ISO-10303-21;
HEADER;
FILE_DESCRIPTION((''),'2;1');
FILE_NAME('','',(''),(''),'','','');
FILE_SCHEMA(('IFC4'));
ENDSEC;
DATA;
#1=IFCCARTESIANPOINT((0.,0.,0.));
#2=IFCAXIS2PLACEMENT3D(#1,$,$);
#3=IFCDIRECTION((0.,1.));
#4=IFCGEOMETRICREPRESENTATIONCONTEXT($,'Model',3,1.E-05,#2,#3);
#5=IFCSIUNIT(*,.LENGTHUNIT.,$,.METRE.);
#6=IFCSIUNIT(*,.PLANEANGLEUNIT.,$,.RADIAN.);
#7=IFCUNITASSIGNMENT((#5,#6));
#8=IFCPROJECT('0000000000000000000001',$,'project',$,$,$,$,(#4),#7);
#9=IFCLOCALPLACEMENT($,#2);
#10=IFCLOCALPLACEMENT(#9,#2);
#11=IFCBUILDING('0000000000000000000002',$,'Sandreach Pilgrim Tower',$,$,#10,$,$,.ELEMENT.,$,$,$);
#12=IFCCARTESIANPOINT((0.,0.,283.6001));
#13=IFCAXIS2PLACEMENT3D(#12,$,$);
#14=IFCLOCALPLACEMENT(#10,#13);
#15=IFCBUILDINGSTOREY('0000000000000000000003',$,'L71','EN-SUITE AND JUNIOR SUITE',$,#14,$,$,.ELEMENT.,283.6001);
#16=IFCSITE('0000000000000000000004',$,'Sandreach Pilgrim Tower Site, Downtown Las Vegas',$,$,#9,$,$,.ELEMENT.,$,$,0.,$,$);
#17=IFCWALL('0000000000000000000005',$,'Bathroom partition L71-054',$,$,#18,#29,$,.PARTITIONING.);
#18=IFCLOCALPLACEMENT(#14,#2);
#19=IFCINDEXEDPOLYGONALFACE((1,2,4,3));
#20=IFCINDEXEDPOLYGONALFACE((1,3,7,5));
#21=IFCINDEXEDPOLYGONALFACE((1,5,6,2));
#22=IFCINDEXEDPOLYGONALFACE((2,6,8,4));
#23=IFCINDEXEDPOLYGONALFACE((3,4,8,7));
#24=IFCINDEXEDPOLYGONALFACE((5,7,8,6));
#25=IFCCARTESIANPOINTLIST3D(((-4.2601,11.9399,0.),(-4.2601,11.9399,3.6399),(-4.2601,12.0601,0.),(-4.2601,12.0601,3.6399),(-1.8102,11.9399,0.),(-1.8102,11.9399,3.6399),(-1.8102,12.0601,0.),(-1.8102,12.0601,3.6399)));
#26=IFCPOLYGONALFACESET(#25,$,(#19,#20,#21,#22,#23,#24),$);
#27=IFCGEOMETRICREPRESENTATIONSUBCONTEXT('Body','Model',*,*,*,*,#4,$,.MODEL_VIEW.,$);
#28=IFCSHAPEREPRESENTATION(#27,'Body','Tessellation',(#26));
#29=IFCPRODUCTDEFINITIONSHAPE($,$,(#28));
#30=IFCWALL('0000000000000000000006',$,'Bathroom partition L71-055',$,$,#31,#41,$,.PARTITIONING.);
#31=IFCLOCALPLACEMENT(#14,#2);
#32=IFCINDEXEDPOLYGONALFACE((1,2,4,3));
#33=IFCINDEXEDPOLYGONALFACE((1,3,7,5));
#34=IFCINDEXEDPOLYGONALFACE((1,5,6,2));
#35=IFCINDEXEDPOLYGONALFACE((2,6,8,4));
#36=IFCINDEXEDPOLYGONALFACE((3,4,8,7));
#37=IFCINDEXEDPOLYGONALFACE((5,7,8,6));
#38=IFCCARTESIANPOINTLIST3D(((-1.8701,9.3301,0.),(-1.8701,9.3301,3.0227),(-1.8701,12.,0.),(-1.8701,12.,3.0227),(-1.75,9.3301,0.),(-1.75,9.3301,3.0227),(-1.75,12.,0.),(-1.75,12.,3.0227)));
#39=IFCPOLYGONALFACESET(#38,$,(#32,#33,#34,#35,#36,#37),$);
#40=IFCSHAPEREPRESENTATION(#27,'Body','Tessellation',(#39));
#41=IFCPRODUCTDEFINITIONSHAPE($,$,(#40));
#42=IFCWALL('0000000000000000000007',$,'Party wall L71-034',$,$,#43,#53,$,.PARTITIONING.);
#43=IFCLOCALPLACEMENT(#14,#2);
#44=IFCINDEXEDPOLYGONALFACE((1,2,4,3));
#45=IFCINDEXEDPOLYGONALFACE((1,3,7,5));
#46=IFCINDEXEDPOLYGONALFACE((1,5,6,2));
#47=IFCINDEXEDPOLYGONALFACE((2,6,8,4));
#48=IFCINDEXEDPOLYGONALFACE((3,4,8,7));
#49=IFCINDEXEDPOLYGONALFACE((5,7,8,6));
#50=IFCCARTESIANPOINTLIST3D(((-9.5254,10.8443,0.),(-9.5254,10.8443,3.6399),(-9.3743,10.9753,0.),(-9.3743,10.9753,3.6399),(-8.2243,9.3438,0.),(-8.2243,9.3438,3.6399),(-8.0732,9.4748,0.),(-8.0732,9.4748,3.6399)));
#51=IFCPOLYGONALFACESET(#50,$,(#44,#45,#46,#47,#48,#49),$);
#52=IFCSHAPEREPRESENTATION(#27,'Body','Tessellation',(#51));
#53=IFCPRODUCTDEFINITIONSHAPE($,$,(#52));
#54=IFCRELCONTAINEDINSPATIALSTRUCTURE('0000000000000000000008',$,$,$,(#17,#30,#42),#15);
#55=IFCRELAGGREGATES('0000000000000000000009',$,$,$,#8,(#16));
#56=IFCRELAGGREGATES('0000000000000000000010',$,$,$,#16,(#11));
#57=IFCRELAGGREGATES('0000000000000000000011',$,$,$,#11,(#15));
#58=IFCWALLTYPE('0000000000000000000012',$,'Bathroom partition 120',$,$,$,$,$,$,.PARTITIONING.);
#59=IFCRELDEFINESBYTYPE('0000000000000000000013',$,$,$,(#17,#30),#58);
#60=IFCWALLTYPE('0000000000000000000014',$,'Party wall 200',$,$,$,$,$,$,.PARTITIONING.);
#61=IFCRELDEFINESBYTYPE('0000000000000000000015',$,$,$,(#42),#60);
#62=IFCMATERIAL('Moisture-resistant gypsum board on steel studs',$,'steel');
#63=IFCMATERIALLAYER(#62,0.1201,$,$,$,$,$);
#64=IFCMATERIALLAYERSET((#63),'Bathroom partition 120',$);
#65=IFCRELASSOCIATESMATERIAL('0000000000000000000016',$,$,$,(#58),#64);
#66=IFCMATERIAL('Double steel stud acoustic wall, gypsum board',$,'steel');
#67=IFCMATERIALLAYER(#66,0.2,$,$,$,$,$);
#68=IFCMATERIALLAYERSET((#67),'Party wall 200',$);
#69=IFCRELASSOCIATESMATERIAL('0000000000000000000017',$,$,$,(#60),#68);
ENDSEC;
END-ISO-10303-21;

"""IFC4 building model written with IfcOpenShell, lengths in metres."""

from ifc_helpers import new_model, si_unit, direction, frame, frame_2d, origin, place, context, subcontext, project, spatial, rectangle, extrude, material, layer, layer_set, type_object, element, save


model = new_model("IFC4")

# Units and contexts
model_context = context("Model", 3, precision=1e-05, world=origin(), true_north=direction((0.0, 1.0)))
body_context = subcontext(model_context, "Body", "Model", "MODEL_VIEW")
ifc_project = project(units=[si_unit("LENGTHUNIT", "METRE"), si_unit("PLANEANGLEUNIT", "RADIAN")], contexts=[model_context])

# Site, building, storey
site_placement = place(None, origin())
site = spatial("IfcSite", under=ifc_project, at=site_placement, Name="Sandreach Pilgrim Tower Site, Downtown Las Vegas", CompositionType="ELEMENT", RefElevation=0.0)
building_placement = place(site_placement, origin())
building = spatial("IfcBuilding", under=site, at=building_placement, Name="Sandreach Pilgrim Tower", CompositionType="ELEMENT")
storey_placement = place(building_placement, frame((0.0, 0.0, 283.6001)))
storey = spatial("IfcBuildingStorey", under=building, at=storey_placement, Name="L71", Description="EN-SUITE AND JUNIOR SUITE", CompositionType="ELEMENT", Elevation=283.6001)

# Shared definitions
ifc_material_1 = material(Name="Moisture-resistant gypsum board on steel studs", Category="steel")
ifc_layer_1 = layer(ifc_material_1, 0.1201)
ifc_layer_set_1 = layer_set([ifc_layer_1], Name="Bathroom partition 120")
wall_type_1 = type_object("IfcWallType", Name="Bathroom partition 120", PredefinedType="PARTITIONING", material=ifc_layer_set_1)

# Walls
wall_1_placement = place(storey_placement, frame((-1.8101, 12.0, 0.0), z_axis=(0.0, 0.0, 1.0), x_axis=(-1.0, 0.0, 0.0)))
element("IfcWall", 1, at=wall_1_placement, inside=storey, type_object=wall_type_1, Name="Bathroom partition L71-054", PredefinedType="PARTITIONING", context=body_context, shape_type="SweptSolid", body=[
    extrude(rectangle(XDim=2.45, YDim=0.1201, at=frame_2d((1.2251, 0.0))), origin(), (0.0, 0.0, 1.0), 3.6399),
])
wall_2_placement = place(storey_placement, frame((-1.8101, 12.0, 0.0), z_axis=(0.0, 0.0, 1.0), x_axis=(0.0, -1.0, 0.0)))
element("IfcWall", 2, at=wall_2_placement, inside=storey, type_object=wall_type_1, Name="Bathroom partition L71-055", PredefinedType="PARTITIONING", context=body_context, shape_type="SweptSolid", body=[
    extrude(rectangle(XDim=2.6699, YDim=0.1201, at=frame_2d((1.335, 0.0))), origin(), (0.0, 0.0, 1.0), 3.0227),
])

# Wall
ifc_material_2 = material(Name="Double steel stud acoustic wall, gypsum board", Category="steel")
ifc_layer_2 = layer(ifc_material_2, 0.2)
ifc_layer_set_2 = layer_set([ifc_layer_2], Name="Party wall 200")
wall_type_2 = type_object("IfcWallType", Name="Party wall 200", PredefinedType="PARTITIONING", material=ifc_layer_set_2)
wall_3_placement = place(storey_placement, frame((-9.45, 10.9099, 0.0), z_axis=(0.0, 0.0, 1.0), x_axis=(0.655104, -0.755539, 0.0)))
element("IfcWall", 3, at=wall_3_placement, inside=storey, type_object=wall_type_2, Name="Party wall L71-034", PredefinedType="PARTITIONING", context=body_context, shape_type="SweptSolid", body=[
    extrude(rectangle(XDim=1.9861, YDim=0.2, at=frame_2d((0.9932, 0.0))), origin(), (0.0, 0.0, 1.0), 3.6399),
])

save(model, "model.ifc")
